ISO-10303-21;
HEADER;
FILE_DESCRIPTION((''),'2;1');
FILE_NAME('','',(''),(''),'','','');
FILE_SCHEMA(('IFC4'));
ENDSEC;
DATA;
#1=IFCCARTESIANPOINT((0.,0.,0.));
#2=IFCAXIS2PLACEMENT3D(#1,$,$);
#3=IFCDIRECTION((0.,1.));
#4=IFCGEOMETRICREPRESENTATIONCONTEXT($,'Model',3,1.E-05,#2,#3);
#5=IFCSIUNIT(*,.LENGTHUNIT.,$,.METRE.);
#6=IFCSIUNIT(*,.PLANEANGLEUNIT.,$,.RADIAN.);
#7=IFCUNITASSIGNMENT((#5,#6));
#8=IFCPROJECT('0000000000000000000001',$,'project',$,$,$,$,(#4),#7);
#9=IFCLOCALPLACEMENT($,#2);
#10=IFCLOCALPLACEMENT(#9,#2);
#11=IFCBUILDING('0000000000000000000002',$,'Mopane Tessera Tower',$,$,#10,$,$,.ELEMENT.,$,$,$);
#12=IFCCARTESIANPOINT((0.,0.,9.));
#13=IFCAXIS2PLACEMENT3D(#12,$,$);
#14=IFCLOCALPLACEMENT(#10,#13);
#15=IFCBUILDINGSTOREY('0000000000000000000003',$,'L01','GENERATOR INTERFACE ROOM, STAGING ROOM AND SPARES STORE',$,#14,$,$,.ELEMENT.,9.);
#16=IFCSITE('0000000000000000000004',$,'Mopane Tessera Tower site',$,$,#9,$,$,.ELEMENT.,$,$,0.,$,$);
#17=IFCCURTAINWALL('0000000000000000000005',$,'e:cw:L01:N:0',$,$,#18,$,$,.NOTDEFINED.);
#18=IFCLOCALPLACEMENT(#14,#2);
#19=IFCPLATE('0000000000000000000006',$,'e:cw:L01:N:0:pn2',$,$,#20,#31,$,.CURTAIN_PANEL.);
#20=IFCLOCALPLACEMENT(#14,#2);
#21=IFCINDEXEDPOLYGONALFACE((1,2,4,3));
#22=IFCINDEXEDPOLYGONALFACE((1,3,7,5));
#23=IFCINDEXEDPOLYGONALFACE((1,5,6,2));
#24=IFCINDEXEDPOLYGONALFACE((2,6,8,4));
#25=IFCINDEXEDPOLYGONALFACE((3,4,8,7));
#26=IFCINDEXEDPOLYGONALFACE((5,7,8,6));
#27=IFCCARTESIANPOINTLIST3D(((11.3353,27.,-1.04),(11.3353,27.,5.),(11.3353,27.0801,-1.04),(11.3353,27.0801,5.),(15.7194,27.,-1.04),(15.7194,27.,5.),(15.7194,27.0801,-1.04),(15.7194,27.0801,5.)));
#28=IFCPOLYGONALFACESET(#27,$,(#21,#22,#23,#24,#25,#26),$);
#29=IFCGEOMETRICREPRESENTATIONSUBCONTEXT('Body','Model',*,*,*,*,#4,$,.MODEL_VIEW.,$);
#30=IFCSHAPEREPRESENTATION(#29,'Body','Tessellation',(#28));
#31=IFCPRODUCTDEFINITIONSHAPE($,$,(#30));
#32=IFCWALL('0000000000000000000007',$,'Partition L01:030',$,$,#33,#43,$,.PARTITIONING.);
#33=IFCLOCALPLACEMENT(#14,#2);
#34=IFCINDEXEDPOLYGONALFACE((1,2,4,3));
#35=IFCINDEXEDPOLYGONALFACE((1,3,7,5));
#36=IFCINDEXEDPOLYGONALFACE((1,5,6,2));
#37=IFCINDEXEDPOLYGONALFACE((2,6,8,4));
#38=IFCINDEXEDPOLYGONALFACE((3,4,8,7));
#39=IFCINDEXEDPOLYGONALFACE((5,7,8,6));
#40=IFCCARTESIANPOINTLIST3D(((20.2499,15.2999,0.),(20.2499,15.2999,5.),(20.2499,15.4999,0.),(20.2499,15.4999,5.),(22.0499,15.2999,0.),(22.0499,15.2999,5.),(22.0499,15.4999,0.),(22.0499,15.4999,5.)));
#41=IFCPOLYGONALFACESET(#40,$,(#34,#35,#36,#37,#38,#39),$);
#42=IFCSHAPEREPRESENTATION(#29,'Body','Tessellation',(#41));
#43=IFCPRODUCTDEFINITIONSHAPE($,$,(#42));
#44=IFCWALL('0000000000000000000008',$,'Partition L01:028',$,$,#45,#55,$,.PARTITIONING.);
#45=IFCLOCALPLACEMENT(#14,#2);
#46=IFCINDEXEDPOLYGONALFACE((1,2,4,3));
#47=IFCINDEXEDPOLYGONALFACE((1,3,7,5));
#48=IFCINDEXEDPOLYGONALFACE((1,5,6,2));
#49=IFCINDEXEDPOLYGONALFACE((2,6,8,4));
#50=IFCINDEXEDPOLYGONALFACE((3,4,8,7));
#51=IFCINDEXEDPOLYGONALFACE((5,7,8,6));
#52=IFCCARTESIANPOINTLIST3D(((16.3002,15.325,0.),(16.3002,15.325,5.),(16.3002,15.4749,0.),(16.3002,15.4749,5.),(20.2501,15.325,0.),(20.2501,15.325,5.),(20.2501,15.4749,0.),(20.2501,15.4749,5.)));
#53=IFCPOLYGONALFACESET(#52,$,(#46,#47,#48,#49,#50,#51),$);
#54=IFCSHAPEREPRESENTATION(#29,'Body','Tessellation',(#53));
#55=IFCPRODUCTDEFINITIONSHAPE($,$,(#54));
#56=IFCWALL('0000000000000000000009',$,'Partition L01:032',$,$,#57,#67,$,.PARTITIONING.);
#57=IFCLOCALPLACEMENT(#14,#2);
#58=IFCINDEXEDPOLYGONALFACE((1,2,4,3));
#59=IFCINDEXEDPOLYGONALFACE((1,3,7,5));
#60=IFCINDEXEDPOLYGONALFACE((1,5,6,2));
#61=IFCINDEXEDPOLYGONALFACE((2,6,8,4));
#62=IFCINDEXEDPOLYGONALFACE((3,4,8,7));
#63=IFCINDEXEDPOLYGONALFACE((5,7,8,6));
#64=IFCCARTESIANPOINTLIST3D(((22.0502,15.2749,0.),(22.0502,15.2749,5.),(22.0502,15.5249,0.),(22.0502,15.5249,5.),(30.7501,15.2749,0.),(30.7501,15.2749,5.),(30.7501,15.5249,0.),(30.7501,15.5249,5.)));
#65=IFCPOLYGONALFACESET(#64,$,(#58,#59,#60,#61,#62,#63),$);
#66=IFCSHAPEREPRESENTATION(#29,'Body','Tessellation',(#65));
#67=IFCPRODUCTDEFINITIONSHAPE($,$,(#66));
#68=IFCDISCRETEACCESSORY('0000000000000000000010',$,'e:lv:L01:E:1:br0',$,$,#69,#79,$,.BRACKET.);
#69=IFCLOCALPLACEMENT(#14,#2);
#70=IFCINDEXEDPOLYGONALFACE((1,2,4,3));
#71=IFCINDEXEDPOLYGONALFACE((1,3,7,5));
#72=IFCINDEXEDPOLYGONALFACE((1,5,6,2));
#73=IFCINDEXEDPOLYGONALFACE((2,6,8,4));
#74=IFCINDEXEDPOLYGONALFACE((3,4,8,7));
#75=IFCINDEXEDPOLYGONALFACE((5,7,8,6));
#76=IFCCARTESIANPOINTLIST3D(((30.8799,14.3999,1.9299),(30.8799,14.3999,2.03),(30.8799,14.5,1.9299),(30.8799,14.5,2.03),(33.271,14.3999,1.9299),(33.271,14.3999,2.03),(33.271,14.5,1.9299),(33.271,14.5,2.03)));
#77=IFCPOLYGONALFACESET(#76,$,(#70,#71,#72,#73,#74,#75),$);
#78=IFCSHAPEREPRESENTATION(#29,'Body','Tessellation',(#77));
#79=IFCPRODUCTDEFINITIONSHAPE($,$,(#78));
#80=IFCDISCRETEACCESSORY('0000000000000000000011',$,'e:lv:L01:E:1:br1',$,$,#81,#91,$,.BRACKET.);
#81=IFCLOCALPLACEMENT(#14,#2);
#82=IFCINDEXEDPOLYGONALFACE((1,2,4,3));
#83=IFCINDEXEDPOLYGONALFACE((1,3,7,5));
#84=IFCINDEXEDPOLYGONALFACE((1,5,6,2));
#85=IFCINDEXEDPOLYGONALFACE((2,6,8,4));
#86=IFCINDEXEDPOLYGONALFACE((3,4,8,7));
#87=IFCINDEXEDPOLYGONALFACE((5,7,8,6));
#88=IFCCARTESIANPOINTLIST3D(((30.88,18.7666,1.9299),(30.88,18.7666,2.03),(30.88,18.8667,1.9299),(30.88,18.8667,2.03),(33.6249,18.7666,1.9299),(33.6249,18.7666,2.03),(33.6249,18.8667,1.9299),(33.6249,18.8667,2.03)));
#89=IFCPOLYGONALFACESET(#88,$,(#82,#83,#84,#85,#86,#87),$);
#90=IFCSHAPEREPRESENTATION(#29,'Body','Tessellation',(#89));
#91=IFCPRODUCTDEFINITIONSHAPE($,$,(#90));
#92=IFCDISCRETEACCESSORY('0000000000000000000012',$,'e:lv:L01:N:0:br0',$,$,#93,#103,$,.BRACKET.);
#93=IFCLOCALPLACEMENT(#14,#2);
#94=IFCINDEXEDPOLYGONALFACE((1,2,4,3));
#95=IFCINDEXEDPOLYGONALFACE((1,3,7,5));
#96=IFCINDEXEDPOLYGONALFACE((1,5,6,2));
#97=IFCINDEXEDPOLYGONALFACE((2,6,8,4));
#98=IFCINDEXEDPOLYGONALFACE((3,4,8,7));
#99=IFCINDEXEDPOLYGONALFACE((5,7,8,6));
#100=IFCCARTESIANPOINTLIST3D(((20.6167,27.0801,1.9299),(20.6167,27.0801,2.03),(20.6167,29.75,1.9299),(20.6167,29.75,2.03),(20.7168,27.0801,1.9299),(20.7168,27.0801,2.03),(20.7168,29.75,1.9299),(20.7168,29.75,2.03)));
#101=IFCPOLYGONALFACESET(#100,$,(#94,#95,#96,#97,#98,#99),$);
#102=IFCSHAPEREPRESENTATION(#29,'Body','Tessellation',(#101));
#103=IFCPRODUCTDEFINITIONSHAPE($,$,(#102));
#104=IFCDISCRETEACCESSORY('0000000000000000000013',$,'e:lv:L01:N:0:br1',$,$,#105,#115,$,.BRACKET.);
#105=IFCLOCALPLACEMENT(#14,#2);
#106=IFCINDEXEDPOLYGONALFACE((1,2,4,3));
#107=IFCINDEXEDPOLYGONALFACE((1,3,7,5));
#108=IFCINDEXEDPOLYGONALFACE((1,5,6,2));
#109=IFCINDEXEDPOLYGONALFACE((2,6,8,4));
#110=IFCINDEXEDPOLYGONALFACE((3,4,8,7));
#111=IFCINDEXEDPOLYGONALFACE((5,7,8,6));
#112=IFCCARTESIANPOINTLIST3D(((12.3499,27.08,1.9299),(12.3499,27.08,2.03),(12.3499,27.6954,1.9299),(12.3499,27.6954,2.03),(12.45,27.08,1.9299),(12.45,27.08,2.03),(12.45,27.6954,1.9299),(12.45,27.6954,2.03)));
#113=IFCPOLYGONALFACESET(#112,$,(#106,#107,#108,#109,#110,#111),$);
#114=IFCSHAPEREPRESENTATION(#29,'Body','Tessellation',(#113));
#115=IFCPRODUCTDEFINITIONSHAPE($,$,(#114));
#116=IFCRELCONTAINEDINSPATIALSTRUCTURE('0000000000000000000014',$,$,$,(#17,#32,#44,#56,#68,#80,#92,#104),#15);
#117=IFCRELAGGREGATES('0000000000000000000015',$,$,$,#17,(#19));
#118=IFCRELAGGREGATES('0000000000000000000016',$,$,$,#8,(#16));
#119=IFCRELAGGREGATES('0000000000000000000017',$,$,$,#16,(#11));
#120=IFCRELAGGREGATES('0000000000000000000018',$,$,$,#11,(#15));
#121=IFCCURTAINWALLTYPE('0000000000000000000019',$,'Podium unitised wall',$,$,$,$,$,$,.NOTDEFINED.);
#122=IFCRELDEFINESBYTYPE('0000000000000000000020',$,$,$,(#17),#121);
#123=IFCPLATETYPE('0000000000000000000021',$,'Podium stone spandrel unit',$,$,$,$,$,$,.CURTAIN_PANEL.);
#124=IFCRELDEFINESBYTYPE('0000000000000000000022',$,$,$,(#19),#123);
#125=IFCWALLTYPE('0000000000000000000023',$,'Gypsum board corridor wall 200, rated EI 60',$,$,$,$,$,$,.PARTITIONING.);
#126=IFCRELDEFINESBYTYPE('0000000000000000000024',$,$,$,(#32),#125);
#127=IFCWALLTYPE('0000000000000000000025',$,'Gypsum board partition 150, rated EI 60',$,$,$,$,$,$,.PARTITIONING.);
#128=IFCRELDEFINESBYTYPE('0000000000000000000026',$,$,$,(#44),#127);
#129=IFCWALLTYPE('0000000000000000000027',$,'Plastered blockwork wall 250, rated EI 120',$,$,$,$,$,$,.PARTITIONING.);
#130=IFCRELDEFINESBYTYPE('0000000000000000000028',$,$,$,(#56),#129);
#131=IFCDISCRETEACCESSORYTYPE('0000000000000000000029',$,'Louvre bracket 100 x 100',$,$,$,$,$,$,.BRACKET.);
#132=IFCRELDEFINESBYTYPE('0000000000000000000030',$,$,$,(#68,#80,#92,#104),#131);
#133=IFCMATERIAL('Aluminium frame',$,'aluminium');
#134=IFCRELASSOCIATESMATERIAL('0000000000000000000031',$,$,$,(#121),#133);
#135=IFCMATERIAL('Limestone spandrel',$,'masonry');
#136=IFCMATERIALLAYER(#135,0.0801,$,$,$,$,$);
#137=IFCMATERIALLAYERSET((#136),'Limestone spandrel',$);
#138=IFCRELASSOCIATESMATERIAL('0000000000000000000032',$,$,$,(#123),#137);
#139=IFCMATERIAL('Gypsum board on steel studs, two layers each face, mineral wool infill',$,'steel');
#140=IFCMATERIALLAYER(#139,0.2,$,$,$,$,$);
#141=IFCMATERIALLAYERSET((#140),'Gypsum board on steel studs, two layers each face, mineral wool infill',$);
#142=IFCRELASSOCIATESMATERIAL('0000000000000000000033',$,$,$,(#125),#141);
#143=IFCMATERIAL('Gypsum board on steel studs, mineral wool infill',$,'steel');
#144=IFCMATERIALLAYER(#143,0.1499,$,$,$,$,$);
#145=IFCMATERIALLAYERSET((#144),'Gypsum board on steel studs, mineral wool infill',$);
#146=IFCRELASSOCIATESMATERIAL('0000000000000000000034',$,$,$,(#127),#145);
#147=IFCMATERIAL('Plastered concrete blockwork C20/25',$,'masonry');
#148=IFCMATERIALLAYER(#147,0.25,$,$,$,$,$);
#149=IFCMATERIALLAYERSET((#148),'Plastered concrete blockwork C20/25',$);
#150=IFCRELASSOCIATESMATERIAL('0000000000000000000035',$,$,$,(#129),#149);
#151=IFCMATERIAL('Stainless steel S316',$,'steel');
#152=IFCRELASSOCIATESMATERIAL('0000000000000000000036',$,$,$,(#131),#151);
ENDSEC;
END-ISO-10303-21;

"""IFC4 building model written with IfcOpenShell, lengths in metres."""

from ifc_helpers import new_model, si_unit, direction, frame, frame_2d, origin, origin_2d, place, context, subcontext, project, spatial, rectangle, extrude, material, layer, layer_set, type_object, element, aggregate, save


model = new_model("IFC4")

# Units and contexts
model_context = context("Model", 3, precision=1e-05, world=origin(), true_north=direction((0.0, 1.0)))
body_context = subcontext(model_context, "Body", "Model", "MODEL_VIEW")
ifc_project = project(units=[si_unit("LENGTHUNIT", "METRE"), si_unit("PLANEANGLEUNIT", "RADIAN")], contexts=[model_context])

# Site, building, storey
site_placement = place(None, origin())
site = spatial("IfcSite", under=ifc_project, at=site_placement, Name="Mopane Tessera Tower site", CompositionType="ELEMENT", RefElevation=0.0)
building_placement = place(site_placement, origin())
building = spatial("IfcBuilding", under=site, at=building_placement, Name="Mopane Tessera Tower", CompositionType="ELEMENT")
storey_placement = place(building_placement, frame((0.0, 0.0, 9.0)))
storey = spatial("IfcBuildingStorey", under=building, at=storey_placement, Name="L01", Description="GENERATOR INTERFACE ROOM, STAGING ROOM AND SPARES STORE", CompositionType="ELEMENT", Elevation=9.0)

# Curtain wall
ifc_material_1 = material(Name="Aluminium frame", Category="aluminium")
curtain_wall_type = type_object("IfcCurtainWallType", Name="Podium unitised wall", PredefinedType="NOTDEFINED", material=ifc_material_1)
curtain_wall_1_placement = place(storey_placement, origin())
curtain_wall_1 = element("IfcCurtainWall", 1, at=curtain_wall_1_placement, inside=storey, type_object=curtain_wall_type, Name="e:cw:L01:N:0", PredefinedType="NOTDEFINED")

# Plate
ifc_material_2 = material(Name="Limestone spandrel", Category="masonry")
ifc_layer_1 = layer(ifc_material_2, 0.0801)
ifc_layer_set_1 = layer_set([ifc_layer_1], Name="Limestone spandrel")
plate_type = type_object("IfcPlateType", Name="Podium stone spandrel unit", PredefinedType="CURTAIN_PANEL", material=ifc_layer_set_1)
plate_1_placement = place(storey_placement, frame((13.5273, 27.04, -1.04), z_axis=(0.0, 0.0, 1.0), x_axis=(-1.0, 0.0, 0.0)))
plate_1 = element("IfcPlate", 2, at=plate_1_placement, type_object=plate_type, Name="e:cw:L01:N:0:pn2", PredefinedType="CURTAIN_PANEL", context=body_context, shape_type="SweptSolid", body=[
    extrude(rectangle(XDim=4.384, YDim=0.0801, at=origin_2d()), origin(), (0.0, 0.0, 1.0), 6.04),
])
aggregate(curtain_wall_1, [plate_1])

# Walls
ifc_material_3 = material(Name="Gypsum board on steel studs, two layers each face, mineral wool infill", Category="steel")
ifc_layer_2 = layer(ifc_material_3, 0.2)
ifc_layer_set_2 = layer_set([ifc_layer_2], Name="Gypsum board on steel studs, two layers each face, mineral wool infill")
wall_type_1 = type_object("IfcWallType", Name="Gypsum board corridor wall 200, rated EI 60", PredefinedType="PARTITIONING", material=ifc_layer_set_2)
wall_1_placement = place(storey_placement, frame((20.25, 15.3999, 0.0), z_axis=(0.0, 0.0, 1.0), x_axis=(1.0, 0.0, 0.0)))
element("IfcWall", 3, at=wall_1_placement, inside=storey, type_object=wall_type_1, Name="Partition L01:030", PredefinedType="PARTITIONING", context=body_context, shape_type="SweptSolid", body=[
    extrude(rectangle(XDim=1.8, YDim=0.2, at=frame_2d((0.8999, 0.0))), origin(), (0.0, 0.0, 1.0), 5.0),
])
ifc_material_4 = material(Name="Gypsum board on steel studs, mineral wool infill", Category="steel")
ifc_layer_3 = layer(ifc_material_4, 0.1499)
ifc_layer_set_3 = layer_set([ifc_layer_3], Name="Gypsum board on steel studs, mineral wool infill")
wall_type_2 = type_object("IfcWallType", Name="Gypsum board partition 150, rated EI 60", PredefinedType="PARTITIONING", material=ifc_layer_set_3)
wall_2_placement = place(storey_placement, frame((16.3, 15.3999, 0.0), z_axis=(0.0, 0.0, 1.0), x_axis=(1.0, 0.0, 0.0)))
element("IfcWall", 4, at=wall_2_placement, inside=storey, type_object=wall_type_2, Name="Partition L01:028", PredefinedType="PARTITIONING", context=body_context, shape_type="SweptSolid", body=[
    extrude(rectangle(XDim=3.95, YDim=0.1499, at=frame_2d((1.9751, 0.0))), origin(), (0.0, 0.0, 1.0), 5.0),
])
ifc_material_5 = material(Name="Plastered concrete blockwork C20/25", Category="masonry")
ifc_layer_4 = layer(ifc_material_5, 0.25)
ifc_layer_set_4 = layer_set([ifc_layer_4], Name="Plastered concrete blockwork C20/25")
wall_type_3 = type_object("IfcWallType", Name="Plastered blockwork wall 250, rated EI 120", PredefinedType="PARTITIONING", material=ifc_layer_set_4)
wall_3_placement = place(storey_placement, frame((22.05, 15.3999, 0.0), z_axis=(0.0, 0.0, 1.0), x_axis=(1.0, 0.0, 0.0)))
element("IfcWall", 5, at=wall_3_placement, inside=storey, type_object=wall_type_3, Name="Partition L01:032", PredefinedType="PARTITIONING", context=body_context, shape_type="SweptSolid", body=[
    extrude(rectangle(XDim=8.7, YDim=0.25, at=frame_2d((4.3501, 0.0))), origin(), (0.0, 0.0, 1.0), 5.0),
])

# Discrete accessories
ifc_material_6 = material(Name="Stainless steel S316", Category="steel")
discrete_accessory_type = type_object("IfcDiscreteAccessoryType", Name="Louvre bracket 100 x 100", PredefinedType="BRACKET", material=ifc_material_6)
discrete_accessory_1_placement = place(storey_placement, frame((32.0754, 14.45, 1.9299), z_axis=(0.0, 0.0, 1.0), x_axis=(1.0, 0.0, 0.0)))
element("IfcDiscreteAccessory", 6, at=discrete_accessory_1_placement, inside=storey, type_object=discrete_accessory_type, Name="e:lv:L01:E:1:br0", PredefinedType="BRACKET", context=body_context, shape_type="SweptSolid", body=[
    extrude(rectangle(XDim=2.3911, YDim=0.1001, at=origin_2d()), origin(), (0.0, 0.0, 1.0), 0.1001),
])
discrete_accessory_2_placement = place(storey_placement, frame((32.2524, 18.8167, 1.9299), z_axis=(0.0, 0.0, 1.0), x_axis=(1.0, 0.0, 0.0)))
element("IfcDiscreteAccessory", 7, at=discrete_accessory_2_placement, inside=storey, type_object=discrete_accessory_type, Name="e:lv:L01:E:1:br1", PredefinedType="BRACKET", context=body_context, shape_type="SweptSolid", body=[
    extrude(rectangle(XDim=2.7449, YDim=0.1001, at=origin_2d()), origin(), (0.0, 0.0, 1.0), 0.1001),
])
discrete_accessory_3_placement = place(storey_placement, frame((20.6667, 28.415, 1.9299), z_axis=(0.0, 0.0, 1.0), x_axis=(0.0, 1.0, 0.0)))
element("IfcDiscreteAccessory", 8, at=discrete_accessory_3_placement, inside=storey, type_object=discrete_accessory_type, Name="e:lv:L01:N:0:br0", PredefinedType="BRACKET", context=body_context, shape_type="SweptSolid", body=[
    extrude(rectangle(XDim=2.6699, YDim=0.1001, at=origin_2d()), origin(), (0.0, 0.0, 1.0), 0.1001),
])
discrete_accessory_4_placement = place(storey_placement, frame((12.3999, 27.3877, 1.9299), z_axis=(0.0, 0.0, 1.0), x_axis=(0.0, 1.0, 0.0)))
element("IfcDiscreteAccessory", 9, at=discrete_accessory_4_placement, inside=storey, type_object=discrete_accessory_type, Name="e:lv:L01:N:0:br1", PredefinedType="BRACKET", context=body_context, shape_type="SweptSolid", body=[
    extrude(rectangle(XDim=0.6155, YDim=0.1001, at=origin_2d()), origin(), (0.0, 0.0, 1.0), 0.1001),
])

save(model, "model.ifc")
